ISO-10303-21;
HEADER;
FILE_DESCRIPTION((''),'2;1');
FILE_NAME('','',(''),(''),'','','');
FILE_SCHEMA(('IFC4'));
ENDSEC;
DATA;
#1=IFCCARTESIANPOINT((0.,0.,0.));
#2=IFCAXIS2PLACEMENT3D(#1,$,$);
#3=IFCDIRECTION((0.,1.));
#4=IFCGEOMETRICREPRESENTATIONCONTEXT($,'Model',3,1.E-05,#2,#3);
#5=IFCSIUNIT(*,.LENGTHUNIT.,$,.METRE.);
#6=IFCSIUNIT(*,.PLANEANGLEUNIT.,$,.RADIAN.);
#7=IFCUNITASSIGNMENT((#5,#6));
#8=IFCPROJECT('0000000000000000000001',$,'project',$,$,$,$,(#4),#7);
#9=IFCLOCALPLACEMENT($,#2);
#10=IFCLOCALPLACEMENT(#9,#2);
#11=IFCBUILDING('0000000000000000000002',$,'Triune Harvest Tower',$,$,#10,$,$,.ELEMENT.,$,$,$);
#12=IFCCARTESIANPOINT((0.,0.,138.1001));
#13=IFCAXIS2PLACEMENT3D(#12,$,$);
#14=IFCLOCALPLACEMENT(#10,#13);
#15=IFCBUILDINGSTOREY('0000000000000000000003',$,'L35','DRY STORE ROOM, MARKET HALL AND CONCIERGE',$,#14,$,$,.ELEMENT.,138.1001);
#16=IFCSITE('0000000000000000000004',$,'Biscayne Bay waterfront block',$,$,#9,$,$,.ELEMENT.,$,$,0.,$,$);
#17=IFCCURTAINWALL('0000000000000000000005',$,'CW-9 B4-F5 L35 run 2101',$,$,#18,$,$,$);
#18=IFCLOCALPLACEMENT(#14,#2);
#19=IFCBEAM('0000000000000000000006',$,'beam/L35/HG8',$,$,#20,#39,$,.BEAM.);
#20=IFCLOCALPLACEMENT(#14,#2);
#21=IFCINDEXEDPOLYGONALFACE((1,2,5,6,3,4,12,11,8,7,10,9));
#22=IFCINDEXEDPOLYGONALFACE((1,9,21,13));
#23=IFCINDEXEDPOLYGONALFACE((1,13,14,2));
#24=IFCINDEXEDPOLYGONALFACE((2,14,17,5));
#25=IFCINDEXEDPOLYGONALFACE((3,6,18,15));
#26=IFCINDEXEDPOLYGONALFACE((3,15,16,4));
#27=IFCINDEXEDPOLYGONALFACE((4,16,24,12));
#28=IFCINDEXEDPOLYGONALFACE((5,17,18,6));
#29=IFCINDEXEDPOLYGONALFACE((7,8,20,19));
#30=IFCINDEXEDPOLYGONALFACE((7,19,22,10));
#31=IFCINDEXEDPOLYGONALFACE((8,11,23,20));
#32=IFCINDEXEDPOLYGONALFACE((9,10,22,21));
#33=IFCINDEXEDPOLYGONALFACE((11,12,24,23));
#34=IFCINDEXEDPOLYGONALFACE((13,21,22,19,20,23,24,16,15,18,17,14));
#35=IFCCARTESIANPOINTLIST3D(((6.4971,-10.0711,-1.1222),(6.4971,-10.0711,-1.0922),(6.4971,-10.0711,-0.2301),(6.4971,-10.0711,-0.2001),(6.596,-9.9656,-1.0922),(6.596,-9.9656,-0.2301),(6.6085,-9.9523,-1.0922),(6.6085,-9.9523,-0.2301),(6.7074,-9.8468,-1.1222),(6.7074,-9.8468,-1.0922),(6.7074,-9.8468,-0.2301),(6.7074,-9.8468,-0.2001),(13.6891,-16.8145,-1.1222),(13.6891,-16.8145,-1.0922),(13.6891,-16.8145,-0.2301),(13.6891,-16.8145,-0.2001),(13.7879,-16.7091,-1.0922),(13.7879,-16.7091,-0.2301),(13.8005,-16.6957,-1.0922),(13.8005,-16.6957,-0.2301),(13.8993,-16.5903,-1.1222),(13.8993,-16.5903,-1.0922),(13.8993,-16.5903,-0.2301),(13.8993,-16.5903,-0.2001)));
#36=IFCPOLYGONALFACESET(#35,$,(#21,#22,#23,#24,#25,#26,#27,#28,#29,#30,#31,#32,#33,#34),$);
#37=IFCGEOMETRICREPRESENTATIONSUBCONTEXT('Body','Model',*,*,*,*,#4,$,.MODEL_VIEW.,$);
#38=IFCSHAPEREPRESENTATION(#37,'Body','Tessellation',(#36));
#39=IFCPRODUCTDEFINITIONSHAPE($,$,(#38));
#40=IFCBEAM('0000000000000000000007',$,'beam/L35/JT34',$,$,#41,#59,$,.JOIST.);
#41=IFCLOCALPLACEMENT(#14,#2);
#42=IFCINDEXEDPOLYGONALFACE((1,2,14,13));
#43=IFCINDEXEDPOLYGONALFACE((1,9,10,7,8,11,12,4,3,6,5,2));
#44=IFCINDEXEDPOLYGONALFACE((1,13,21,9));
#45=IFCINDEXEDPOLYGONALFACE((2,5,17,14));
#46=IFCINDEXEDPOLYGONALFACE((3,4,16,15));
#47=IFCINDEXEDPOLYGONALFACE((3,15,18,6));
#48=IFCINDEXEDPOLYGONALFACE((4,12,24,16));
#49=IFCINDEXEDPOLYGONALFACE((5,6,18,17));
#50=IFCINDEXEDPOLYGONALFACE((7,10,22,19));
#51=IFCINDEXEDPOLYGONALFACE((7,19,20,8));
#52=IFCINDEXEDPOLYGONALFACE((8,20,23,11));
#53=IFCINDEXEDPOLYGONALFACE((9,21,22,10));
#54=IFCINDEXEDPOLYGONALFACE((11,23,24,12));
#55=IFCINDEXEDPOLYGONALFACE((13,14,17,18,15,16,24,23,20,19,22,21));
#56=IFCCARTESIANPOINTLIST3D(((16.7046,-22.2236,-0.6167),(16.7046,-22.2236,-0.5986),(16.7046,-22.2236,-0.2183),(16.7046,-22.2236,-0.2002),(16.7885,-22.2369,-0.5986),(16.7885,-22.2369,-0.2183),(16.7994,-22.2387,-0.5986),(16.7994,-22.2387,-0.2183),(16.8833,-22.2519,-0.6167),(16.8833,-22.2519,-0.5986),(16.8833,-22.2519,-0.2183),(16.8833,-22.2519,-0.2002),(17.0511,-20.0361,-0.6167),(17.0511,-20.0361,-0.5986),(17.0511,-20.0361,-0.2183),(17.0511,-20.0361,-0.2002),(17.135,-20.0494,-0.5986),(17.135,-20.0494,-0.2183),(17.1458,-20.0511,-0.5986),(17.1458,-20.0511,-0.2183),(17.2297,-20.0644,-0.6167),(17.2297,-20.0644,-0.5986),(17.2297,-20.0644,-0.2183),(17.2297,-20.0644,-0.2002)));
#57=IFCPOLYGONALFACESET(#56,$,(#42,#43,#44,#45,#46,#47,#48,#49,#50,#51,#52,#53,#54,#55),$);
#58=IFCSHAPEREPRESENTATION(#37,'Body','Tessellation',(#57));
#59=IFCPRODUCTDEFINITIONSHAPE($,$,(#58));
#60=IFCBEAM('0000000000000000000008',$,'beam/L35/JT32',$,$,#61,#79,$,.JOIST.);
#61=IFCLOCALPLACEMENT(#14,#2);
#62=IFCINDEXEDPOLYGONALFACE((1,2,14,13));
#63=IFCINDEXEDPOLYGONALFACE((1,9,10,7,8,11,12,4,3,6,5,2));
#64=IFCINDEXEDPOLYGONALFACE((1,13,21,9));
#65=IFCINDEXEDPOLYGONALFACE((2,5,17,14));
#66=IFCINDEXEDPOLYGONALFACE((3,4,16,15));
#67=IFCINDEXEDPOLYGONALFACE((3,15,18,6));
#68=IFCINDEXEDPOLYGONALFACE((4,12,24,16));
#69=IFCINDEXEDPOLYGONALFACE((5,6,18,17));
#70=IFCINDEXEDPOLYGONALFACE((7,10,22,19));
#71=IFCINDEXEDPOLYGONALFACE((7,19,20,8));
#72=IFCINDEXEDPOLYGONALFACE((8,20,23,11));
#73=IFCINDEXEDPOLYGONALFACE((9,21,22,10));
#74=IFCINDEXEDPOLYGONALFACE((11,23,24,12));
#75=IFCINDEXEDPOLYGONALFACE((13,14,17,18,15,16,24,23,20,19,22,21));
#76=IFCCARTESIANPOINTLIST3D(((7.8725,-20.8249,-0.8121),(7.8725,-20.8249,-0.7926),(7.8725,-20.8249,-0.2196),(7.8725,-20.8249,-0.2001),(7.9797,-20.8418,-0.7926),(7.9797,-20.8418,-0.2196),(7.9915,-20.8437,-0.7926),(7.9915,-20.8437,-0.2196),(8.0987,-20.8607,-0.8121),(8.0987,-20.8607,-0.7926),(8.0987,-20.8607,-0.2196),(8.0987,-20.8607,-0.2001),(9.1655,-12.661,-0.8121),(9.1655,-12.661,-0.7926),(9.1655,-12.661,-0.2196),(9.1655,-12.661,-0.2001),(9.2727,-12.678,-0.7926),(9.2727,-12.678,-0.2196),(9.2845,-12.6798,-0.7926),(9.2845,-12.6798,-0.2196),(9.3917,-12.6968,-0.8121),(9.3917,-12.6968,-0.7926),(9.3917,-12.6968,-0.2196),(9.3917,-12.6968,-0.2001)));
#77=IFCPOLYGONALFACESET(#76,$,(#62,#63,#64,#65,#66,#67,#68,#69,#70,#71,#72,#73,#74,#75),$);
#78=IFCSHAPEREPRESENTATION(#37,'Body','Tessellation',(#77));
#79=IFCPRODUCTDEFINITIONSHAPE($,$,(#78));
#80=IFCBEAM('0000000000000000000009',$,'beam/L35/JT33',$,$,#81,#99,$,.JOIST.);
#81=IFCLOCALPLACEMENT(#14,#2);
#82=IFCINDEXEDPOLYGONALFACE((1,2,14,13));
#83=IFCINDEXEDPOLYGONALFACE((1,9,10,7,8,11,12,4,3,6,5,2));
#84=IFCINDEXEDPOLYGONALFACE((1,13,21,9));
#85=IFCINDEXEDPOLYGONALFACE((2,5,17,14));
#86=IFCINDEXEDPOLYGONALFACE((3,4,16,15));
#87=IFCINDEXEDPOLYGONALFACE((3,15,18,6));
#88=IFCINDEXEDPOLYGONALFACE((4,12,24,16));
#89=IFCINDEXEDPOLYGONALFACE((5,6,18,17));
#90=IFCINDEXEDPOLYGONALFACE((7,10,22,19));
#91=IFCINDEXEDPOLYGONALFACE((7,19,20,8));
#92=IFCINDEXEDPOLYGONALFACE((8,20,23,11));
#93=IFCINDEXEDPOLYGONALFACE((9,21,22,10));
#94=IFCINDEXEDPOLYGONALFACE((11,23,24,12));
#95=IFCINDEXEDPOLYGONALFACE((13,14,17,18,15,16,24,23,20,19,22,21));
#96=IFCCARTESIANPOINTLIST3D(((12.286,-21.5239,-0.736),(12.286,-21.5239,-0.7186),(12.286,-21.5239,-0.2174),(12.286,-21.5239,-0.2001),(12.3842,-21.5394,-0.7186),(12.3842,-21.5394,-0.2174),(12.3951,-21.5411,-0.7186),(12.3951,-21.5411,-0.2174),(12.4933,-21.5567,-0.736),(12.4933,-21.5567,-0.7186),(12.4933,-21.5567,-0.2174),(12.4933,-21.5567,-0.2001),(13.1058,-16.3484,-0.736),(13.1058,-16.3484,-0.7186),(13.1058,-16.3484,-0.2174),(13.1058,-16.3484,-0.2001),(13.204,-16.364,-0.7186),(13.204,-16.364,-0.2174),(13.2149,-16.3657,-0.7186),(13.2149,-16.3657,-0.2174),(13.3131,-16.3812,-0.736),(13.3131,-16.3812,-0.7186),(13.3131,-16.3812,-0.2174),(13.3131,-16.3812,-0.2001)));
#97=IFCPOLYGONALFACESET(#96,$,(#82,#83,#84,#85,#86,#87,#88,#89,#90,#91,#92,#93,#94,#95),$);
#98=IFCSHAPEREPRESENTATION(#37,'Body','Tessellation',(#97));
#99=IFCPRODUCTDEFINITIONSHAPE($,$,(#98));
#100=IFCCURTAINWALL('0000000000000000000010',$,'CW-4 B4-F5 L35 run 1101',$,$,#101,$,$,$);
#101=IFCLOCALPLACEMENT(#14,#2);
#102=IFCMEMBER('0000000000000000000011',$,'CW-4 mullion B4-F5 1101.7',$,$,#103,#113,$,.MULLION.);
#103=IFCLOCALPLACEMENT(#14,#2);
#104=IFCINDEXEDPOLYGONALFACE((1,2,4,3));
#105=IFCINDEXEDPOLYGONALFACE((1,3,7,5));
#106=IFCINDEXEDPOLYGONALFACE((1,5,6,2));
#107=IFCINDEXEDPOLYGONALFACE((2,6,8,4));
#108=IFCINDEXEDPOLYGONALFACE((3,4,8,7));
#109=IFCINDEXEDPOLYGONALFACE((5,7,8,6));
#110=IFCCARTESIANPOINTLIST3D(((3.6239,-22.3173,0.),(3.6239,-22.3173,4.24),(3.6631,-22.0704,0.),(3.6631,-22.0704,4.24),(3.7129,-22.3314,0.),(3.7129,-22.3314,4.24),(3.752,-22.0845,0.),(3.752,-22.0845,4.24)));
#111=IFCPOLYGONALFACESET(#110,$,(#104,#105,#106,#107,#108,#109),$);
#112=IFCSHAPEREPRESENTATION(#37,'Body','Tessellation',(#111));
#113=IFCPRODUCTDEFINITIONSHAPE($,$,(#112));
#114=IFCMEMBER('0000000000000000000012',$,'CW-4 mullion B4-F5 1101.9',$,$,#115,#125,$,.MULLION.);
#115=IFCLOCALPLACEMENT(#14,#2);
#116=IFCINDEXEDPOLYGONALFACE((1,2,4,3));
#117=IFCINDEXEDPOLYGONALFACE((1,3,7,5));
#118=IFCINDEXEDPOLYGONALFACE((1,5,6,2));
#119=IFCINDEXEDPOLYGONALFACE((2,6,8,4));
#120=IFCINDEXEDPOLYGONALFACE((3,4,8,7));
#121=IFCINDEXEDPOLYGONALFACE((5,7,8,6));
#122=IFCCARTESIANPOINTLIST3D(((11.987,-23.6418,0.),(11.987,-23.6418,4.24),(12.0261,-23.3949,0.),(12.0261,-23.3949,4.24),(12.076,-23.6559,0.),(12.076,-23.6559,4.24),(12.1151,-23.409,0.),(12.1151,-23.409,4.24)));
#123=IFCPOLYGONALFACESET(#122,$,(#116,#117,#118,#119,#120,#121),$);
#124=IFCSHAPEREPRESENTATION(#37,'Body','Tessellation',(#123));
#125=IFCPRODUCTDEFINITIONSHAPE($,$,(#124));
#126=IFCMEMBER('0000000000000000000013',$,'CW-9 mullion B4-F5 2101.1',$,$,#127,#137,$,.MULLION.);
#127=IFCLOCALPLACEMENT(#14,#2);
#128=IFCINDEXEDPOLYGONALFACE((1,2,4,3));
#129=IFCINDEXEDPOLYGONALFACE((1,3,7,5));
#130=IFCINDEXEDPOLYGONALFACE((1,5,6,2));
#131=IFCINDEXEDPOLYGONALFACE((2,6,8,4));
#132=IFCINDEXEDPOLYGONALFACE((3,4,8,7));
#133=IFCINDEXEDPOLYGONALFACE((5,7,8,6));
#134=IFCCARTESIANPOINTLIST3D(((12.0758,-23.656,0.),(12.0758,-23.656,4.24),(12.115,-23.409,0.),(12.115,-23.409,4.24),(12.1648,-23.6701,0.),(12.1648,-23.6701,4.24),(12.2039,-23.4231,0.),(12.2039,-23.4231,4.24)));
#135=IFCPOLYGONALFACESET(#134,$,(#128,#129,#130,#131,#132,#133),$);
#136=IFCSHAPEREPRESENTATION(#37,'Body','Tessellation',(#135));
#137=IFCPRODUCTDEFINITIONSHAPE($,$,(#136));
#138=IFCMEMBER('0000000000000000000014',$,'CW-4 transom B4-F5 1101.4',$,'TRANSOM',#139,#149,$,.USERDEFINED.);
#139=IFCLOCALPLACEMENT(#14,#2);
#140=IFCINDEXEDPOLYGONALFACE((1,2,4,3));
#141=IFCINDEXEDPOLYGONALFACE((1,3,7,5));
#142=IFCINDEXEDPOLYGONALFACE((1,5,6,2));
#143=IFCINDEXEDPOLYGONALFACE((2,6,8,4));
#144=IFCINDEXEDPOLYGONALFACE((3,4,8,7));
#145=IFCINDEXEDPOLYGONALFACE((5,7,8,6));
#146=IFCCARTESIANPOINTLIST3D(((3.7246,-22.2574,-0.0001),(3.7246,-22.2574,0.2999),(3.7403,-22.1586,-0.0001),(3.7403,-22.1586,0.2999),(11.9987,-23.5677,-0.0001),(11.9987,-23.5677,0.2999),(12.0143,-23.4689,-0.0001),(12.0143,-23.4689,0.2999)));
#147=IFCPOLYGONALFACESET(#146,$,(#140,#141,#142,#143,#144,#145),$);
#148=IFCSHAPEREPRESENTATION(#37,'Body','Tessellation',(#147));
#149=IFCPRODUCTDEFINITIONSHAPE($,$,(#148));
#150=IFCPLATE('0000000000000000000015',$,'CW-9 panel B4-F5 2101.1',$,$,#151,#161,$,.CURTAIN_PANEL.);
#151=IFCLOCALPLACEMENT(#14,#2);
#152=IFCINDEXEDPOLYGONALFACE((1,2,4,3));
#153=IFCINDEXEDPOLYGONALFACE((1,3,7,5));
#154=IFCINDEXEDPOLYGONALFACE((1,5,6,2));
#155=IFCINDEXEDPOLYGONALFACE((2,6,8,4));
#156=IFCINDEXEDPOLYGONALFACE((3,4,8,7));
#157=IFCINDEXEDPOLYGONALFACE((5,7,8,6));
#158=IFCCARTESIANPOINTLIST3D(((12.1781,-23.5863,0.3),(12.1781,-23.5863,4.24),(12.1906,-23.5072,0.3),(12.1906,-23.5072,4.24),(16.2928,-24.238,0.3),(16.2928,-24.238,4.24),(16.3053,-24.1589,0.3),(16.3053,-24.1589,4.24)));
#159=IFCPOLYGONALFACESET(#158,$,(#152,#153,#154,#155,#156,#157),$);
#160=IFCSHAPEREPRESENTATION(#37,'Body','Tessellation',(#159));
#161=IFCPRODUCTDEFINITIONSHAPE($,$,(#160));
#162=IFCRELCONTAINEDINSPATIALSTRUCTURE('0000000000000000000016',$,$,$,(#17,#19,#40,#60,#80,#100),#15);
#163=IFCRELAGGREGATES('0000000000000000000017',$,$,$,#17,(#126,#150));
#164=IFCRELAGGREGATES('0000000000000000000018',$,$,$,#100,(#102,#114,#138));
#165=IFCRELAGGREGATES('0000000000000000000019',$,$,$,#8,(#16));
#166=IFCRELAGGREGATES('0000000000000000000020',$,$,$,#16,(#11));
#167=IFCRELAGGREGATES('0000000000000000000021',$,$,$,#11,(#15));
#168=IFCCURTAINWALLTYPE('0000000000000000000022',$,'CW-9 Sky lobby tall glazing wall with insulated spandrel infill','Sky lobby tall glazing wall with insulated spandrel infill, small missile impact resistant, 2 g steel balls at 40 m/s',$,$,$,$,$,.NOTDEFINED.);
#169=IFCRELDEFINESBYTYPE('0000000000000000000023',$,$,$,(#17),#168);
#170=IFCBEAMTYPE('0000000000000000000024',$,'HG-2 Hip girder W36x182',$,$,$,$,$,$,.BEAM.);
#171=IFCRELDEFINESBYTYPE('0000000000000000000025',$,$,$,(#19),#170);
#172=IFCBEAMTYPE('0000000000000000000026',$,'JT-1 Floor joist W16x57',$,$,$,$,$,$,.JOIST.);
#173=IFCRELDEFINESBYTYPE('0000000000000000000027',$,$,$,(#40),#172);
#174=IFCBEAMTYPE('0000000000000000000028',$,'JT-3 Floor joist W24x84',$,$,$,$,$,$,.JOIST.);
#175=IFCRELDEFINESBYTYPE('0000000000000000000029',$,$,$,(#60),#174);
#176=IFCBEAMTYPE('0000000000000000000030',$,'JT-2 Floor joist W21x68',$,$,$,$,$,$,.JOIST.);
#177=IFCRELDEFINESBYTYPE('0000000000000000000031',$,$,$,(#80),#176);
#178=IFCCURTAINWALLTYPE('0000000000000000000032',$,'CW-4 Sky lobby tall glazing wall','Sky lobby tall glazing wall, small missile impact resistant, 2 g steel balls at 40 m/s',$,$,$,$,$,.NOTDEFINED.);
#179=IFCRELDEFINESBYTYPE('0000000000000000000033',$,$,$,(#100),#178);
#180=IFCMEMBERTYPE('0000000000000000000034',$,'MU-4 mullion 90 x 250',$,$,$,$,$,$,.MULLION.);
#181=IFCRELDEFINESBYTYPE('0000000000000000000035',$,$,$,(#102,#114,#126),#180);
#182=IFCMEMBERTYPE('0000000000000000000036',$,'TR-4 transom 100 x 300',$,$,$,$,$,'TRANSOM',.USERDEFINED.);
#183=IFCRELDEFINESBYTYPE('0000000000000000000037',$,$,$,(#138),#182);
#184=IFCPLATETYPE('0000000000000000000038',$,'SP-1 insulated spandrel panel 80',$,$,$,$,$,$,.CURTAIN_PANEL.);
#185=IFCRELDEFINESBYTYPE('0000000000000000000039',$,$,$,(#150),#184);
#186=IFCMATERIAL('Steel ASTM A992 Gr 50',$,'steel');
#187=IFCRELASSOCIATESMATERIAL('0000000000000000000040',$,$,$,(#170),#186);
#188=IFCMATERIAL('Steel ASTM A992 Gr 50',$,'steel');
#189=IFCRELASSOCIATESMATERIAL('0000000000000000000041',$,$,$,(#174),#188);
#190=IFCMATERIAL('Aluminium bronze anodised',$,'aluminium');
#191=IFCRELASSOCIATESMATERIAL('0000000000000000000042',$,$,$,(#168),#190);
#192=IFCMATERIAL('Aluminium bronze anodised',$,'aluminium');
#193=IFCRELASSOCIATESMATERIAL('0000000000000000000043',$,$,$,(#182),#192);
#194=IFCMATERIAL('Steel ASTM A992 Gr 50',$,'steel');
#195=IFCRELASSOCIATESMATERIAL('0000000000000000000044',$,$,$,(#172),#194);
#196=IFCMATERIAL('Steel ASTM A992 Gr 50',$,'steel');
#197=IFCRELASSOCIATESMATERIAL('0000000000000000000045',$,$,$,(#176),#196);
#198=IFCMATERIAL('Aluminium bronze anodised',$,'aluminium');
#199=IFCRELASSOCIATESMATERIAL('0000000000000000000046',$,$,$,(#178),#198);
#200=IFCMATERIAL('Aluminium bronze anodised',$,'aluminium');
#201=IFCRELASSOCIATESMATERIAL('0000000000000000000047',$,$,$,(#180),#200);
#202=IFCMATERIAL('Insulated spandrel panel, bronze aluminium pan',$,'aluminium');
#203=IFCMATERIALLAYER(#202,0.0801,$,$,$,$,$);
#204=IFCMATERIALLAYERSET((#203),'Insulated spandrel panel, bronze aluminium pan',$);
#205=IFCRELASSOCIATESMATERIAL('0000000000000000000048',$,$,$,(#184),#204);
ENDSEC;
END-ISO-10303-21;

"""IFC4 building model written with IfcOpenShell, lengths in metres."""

from ifc_helpers import new_model, si_unit, direction, frame, origin, origin_2d, place, context, subcontext, project, spatial, rectangle, i_section, extrude, source, transform, mapped, material, layer, layer_set, material_profile, profile_set, type_object, element, aggregate, save


model = new_model("IFC4")

# Units and contexts
model_context = context("Model", 3, precision=1e-05, world=origin(), true_north=direction((0.0, 1.0)))
body_context = subcontext(model_context, "Body", "Model", "MODEL_VIEW")
ifc_project = project(units=[si_unit("LENGTHUNIT", "METRE"), si_unit("PLANEANGLEUNIT", "RADIAN")], contexts=[model_context])

# Site, building, storey
site_placement = place(None, origin())
site = spatial("IfcSite", under=ifc_project, at=site_placement, Name="Biscayne Bay waterfront block", CompositionType="ELEMENT", RefElevation=0.0)
building_placement = place(site_placement, origin())
building = spatial("IfcBuilding", under=site, at=building_placement, Name="Triune Harvest Tower", CompositionType="ELEMENT")
storey_placement = place(building_placement, frame((0.0, 0.0, 138.1001)))
storey = spatial("IfcBuildingStorey", under=building, at=storey_placement, Name="L35", Description="DRY STORE ROOM, MARKET HALL AND CONCIERGE", CompositionType="ELEMENT", Elevation=138.1001)

# Shared definitions
ifc_material_1 = material(Name="Steel ASTM A992 Gr 50", Category="steel")
ifc_material_profile_1 = material_profile(ifc_material_1, i_section(OverallWidth=0.3074, OverallDepth=0.9221, WebThickness=0.0183, FlangeThickness=0.03, at=origin_2d()), Name="W36x182")
ifc_profile_set_1 = profile_set([ifc_material_profile_1], Name="Steel ASTM A992 Gr 50")
beam_type_1 = type_object("IfcBeamType", Name="HG-2 Hip girder W36x182", PredefinedType="BEAM", material=ifc_profile_set_1)
ifc_material_2 = material(Name="Steel ASTM A992 Gr 50", Category="steel")
ifc_material_profile_2 = material_profile(ifc_material_2, i_section(OverallWidth=0.229, OverallDepth=0.6121, WebThickness=0.012, FlangeThickness=0.0195, at=origin_2d()), Name="W24x84")
ifc_profile_set_2 = profile_set([ifc_material_profile_2], Name="Steel ASTM A992 Gr 50")
beam_type_2 = type_object("IfcBeamType", Name="JT-3 Floor joist W24x84", PredefinedType="JOIST", material=ifc_profile_set_2)

# Curtain wall
ifc_material_3 = material(Name="Aluminium bronze anodised", Category="aluminium")
curtain_wall_type_1 = type_object("IfcCurtainWallType", Name="CW-9 Sky lobby tall glazing wall with insulated spandrel infill", Description="Sky lobby tall glazing wall with insulated spandrel infill, small missile impact resistant, 2 g steel balls at 40 m/s", PredefinedType="NOTDEFINED", material=ifc_material_3)
curtain_wall_1_placement = place(storey_placement, origin())
curtain_wall_1 = element("IfcCurtainWall", 1, at=curtain_wall_1_placement, inside=storey, type_object=curtain_wall_type_1, Name="CW-9 B4-F5 L35 run 2101")
ifc_material_4 = material(Name="Aluminium bronze anodised", Category="aluminium")
ifc_material_profile_3 = material_profile(ifc_material_4, rectangle(XDim=0.1001, YDim=0.3, at=origin_2d()), Name="TR-4 transom 100 x 300")
ifc_profile_set_3 = profile_set([ifc_material_profile_3], Name="Aluminium bronze anodised")
member_type_1 = type_object("IfcMemberType", Name="TR-4 transom 100 x 300", ElementType="TRANSOM", PredefinedType="USERDEFINED", material=ifc_profile_set_3)

# Beams
shared_shape_1 = source(origin(), body_context, "Body", "SweptSolid", [
    extrude(i_section(OverallWidth=0.3074, OverallDepth=0.9221, WebThickness=0.0183, FlangeThickness=0.03, at=origin_2d()), origin(), (0.0, 0.0, 1.0), 9.8589),
])
beam_1_placement = place(storey_placement, frame((13.7942, -16.7024, -0.6611), z_axis=(-0.729486, 0.683995, 0.0), x_axis=(-0.683995, -0.729486, 0.0)))
element("IfcBeam", 2, at=beam_1_placement, inside=storey, type_object=beam_type_1, Name="beam/L35/HG8", PredefinedType="BEAM", context=body_context, shape_type="MappedRepresentation", body=[
    mapped(shared_shape_1, transform((0.0, 0.0, 0.0), scale=1.0)),
])
ifc_material_5 = material(Name="Steel ASTM A992 Gr 50", Category="steel")
ifc_material_profile_4 = material_profile(ifc_material_5, i_section(OverallWidth=0.1809, OverallDepth=0.4165, WebThickness=0.011, FlangeThickness=0.0181, at=origin_2d()), Name="W16x57")
ifc_profile_set_4 = profile_set([ifc_material_profile_4], Name="Steel ASTM A992 Gr 50")
beam_type_3 = type_object("IfcBeamType", Name="JT-1 Floor joist W16x57", PredefinedType="JOIST", material=ifc_profile_set_4)
shared_shape_2 = source(origin(), body_context, "Body", "SweptSolid", [
    extrude(i_section(OverallWidth=0.1809, OverallDepth=0.4165, WebThickness=0.011, FlangeThickness=0.0181, at=origin_2d()), origin(), (0.0, 0.0, 1.0), 2.2148),
])
beam_2_placement = place(storey_placement, frame((16.7939, -22.2378, -0.4084), z_axis=(0.156421, 0.98769, 0.0), x_axis=(-0.98769, 0.156421, 0.0)))
element("IfcBeam", 3, at=beam_2_placement, inside=storey, type_object=beam_type_3, Name="beam/L35/JT34", PredefinedType="JOIST", context=body_context, shape_type="MappedRepresentation", body=[
    mapped(shared_shape_2, transform((0.0, 0.0, 0.0), scale=1.0)),
])
shared_shape_3 = source(origin(), body_context, "Body", "SweptSolid", [
    extrude(i_section(OverallWidth=0.229, OverallDepth=0.6121, WebThickness=0.012, FlangeThickness=0.0195, at=origin_2d()), origin(), (0.0, 0.0, 1.0), 8.2656),
])
beam_3_placement = place(storey_placement, frame((7.9856, -20.8428, -0.5061), z_axis=(0.156428, 0.987689, 0.0), x_axis=(-0.987689, 0.156428, 0.0)))
element("IfcBeam", 4, at=beam_3_placement, inside=storey, type_object=beam_type_2, Name="beam/L35/JT32", PredefinedType="JOIST", context=body_context, shape_type="MappedRepresentation", body=[
    mapped(shared_shape_3, transform((0.0, 0.0, 0.0), scale=1.0)),
])
ifc_material_6 = material(Name="Steel ASTM A992 Gr 50", Category="steel")
ifc_material_profile_5 = material_profile(ifc_material_6, i_section(OverallWidth=0.21, OverallDepth=0.5359, WebThickness=0.011, FlangeThickness=0.0173, at=origin_2d()), Name="W21x68")
ifc_profile_set_5 = profile_set([ifc_material_profile_5], Name="Steel ASTM A992 Gr 50")
beam_type_4 = type_object("IfcBeamType", Name="JT-2 Floor joist W21x68", PredefinedType="JOIST", material=ifc_profile_set_5)
shared_shape_4 = source(origin(), body_context, "Body", "SweptSolid", [
    extrude(i_section(OverallWidth=0.21, OverallDepth=0.5359, WebThickness=0.011, FlangeThickness=0.0173, at=origin_2d()), origin(), (0.0, 0.0, 1.0), 5.24),
])
beam_4_placement = place(storey_placement, frame((12.3896, -21.5403, -0.468), z_axis=(0.156453, 0.987685, 0.0), x_axis=(-0.987685, 0.156453, 0.0)))
element("IfcBeam", 5, at=beam_4_placement, inside=storey, type_object=beam_type_4, Name="beam/L35/JT33", PredefinedType="JOIST", context=body_context, shape_type="MappedRepresentation", body=[
    mapped(shared_shape_4, transform((0.0, 0.0, 0.0), scale=1.0)),
])

# Curtain wall, members
ifc_material_7 = material(Name="Aluminium bronze anodised", Category="aluminium")
curtain_wall_type_2 = type_object("IfcCurtainWallType", Name="CW-4 Sky lobby tall glazing wall", Description="Sky lobby tall glazing wall, small missile impact resistant, 2 g steel balls at 40 m/s", PredefinedType="NOTDEFINED", material=ifc_material_7)
curtain_wall_2_placement = place(storey_placement, origin())
curtain_wall_2 = element("IfcCurtainWall", 6, at=curtain_wall_2_placement, inside=storey, type_object=curtain_wall_type_2, Name="CW-4 B4-F5 L35 run 1101")
ifc_material_8 = material(Name="Aluminium bronze anodised", Category="aluminium")
ifc_material_profile_6 = material_profile(ifc_material_8, rectangle(XDim=0.25, YDim=0.0901, at=origin_2d()), Name="MU-4 mullion 90 x 250")
ifc_profile_set_6 = profile_set([ifc_material_profile_6], Name="Aluminium bronze anodised")
member_type_2 = type_object("IfcMemberType", Name="MU-4 mullion 90 x 250", PredefinedType="MULLION", material=ifc_profile_set_6)
shared_shape_5 = source(origin(), body_context, "Body", "SweptSolid", [
    extrude(rectangle(XDim=0.25, YDim=0.0901, at=origin_2d()), origin(), (0.0, 0.0, 1.0), 4.24),
])
member_1_placement = place(storey_placement, frame((3.688, -22.2009, 0.0), z_axis=(0.0, 0.0, 1.0), x_axis=(0.156435, 0.987688, 0.0)))
member_1 = element("IfcMember", 7, at=member_1_placement, type_object=member_type_2, Name="CW-4 mullion B4-F5 1101.7", PredefinedType="MULLION", context=body_context, shape_type="MappedRepresentation", body=[
    mapped(shared_shape_5, transform((0.0, 0.0, 0.0), scale=1.0)),
])
member_2_placement = place(storey_placement, frame((12.051, -23.5254, 0.0), z_axis=(0.0, 0.0, 1.0), x_axis=(0.156435, 0.987688, 0.0)))
member_2 = element("IfcMember", 8, at=member_2_placement, type_object=member_type_2, Name="CW-4 mullion B4-F5 1101.9", PredefinedType="MULLION", context=body_context, shape_type="MappedRepresentation", body=[
    mapped(shared_shape_5, transform((0.0, 0.0, 0.0), scale=1.0)),
])

# Members
member_3_placement = place(storey_placement, frame((12.1399, -23.5396, 0.0), z_axis=(0.0, 0.0, 1.0), x_axis=(0.156434, 0.987688, 0.0)))
member_3 = element("IfcMember", 9, at=member_3_placement, type_object=member_type_2, Name="CW-9 mullion B4-F5 2101.1", PredefinedType="MULLION", context=body_context, shape_type="MappedRepresentation", body=[
    mapped(shared_shape_5, transform((0.0, 0.0, 0.0), scale=1.0)),
])
shared_shape_6 = source(origin(), body_context, "Body", "SweptSolid", [
    extrude(rectangle(XDim=0.1001, YDim=0.3, at=origin_2d()), origin(), (0.0, 0.0, 1.0), 8.3772),
])
member_4_placement = place(storey_placement, frame((3.7324, -22.208, 0.1499), z_axis=(0.987692, -0.156412, 0.0), x_axis=(0.156412, 0.987692, 0.0)))
member_4 = element("IfcMember", 10, at=member_4_placement, type_object=member_type_1, Name="CW-4 transom B4-F5 1101.4", ObjectType="TRANSOM", PredefinedType="USERDEFINED", context=body_context, shape_type="MappedRepresentation", body=[
    mapped(shared_shape_6, transform((0.0, 0.0, 0.0), scale=1.0)),
])

# Plate
ifc_material_9 = material(Name="Insulated spandrel panel, bronze aluminium pan", Category="aluminium")
ifc_layer_1 = layer(ifc_material_9, 0.0801)
ifc_layer_set_1 = layer_set([ifc_layer_1], Name="Insulated spandrel panel, bronze aluminium pan")
plate_type_1 = type_object("IfcPlateType", Name="SP-1 insulated spandrel panel 80", PredefinedType="CURTAIN_PANEL", material=ifc_layer_set_1)
shared_shape_7 = source(origin(), body_context, "Body", "SweptSolid", [
    extrude(rectangle(XDim=4.166, YDim=0.0801, at=origin_2d()), origin(), (0.0, 0.0, 1.0), 3.9399),
])
plate_1_placement = place(storey_placement, frame((14.2417, -23.8726, 0.3), z_axis=(0.0, 0.0, 1.0), x_axis=(0.987688, -0.156434, 0.0)))
plate_1 = element("IfcPlate", 11, at=plate_1_placement, type_object=plate_type_1, Name="CW-9 panel B4-F5 2101.1", PredefinedType="CURTAIN_PANEL", context=body_context, shape_type="MappedRepresentation", body=[
    mapped(shared_shape_7, transform((0.0, 0.0, 0.0), scale=1.0)),
])
aggregate(curtain_wall_1, [member_3, plate_1])
aggregate(curtain_wall_2, [member_1, member_2, member_4])

save(model, "model.ifc")
